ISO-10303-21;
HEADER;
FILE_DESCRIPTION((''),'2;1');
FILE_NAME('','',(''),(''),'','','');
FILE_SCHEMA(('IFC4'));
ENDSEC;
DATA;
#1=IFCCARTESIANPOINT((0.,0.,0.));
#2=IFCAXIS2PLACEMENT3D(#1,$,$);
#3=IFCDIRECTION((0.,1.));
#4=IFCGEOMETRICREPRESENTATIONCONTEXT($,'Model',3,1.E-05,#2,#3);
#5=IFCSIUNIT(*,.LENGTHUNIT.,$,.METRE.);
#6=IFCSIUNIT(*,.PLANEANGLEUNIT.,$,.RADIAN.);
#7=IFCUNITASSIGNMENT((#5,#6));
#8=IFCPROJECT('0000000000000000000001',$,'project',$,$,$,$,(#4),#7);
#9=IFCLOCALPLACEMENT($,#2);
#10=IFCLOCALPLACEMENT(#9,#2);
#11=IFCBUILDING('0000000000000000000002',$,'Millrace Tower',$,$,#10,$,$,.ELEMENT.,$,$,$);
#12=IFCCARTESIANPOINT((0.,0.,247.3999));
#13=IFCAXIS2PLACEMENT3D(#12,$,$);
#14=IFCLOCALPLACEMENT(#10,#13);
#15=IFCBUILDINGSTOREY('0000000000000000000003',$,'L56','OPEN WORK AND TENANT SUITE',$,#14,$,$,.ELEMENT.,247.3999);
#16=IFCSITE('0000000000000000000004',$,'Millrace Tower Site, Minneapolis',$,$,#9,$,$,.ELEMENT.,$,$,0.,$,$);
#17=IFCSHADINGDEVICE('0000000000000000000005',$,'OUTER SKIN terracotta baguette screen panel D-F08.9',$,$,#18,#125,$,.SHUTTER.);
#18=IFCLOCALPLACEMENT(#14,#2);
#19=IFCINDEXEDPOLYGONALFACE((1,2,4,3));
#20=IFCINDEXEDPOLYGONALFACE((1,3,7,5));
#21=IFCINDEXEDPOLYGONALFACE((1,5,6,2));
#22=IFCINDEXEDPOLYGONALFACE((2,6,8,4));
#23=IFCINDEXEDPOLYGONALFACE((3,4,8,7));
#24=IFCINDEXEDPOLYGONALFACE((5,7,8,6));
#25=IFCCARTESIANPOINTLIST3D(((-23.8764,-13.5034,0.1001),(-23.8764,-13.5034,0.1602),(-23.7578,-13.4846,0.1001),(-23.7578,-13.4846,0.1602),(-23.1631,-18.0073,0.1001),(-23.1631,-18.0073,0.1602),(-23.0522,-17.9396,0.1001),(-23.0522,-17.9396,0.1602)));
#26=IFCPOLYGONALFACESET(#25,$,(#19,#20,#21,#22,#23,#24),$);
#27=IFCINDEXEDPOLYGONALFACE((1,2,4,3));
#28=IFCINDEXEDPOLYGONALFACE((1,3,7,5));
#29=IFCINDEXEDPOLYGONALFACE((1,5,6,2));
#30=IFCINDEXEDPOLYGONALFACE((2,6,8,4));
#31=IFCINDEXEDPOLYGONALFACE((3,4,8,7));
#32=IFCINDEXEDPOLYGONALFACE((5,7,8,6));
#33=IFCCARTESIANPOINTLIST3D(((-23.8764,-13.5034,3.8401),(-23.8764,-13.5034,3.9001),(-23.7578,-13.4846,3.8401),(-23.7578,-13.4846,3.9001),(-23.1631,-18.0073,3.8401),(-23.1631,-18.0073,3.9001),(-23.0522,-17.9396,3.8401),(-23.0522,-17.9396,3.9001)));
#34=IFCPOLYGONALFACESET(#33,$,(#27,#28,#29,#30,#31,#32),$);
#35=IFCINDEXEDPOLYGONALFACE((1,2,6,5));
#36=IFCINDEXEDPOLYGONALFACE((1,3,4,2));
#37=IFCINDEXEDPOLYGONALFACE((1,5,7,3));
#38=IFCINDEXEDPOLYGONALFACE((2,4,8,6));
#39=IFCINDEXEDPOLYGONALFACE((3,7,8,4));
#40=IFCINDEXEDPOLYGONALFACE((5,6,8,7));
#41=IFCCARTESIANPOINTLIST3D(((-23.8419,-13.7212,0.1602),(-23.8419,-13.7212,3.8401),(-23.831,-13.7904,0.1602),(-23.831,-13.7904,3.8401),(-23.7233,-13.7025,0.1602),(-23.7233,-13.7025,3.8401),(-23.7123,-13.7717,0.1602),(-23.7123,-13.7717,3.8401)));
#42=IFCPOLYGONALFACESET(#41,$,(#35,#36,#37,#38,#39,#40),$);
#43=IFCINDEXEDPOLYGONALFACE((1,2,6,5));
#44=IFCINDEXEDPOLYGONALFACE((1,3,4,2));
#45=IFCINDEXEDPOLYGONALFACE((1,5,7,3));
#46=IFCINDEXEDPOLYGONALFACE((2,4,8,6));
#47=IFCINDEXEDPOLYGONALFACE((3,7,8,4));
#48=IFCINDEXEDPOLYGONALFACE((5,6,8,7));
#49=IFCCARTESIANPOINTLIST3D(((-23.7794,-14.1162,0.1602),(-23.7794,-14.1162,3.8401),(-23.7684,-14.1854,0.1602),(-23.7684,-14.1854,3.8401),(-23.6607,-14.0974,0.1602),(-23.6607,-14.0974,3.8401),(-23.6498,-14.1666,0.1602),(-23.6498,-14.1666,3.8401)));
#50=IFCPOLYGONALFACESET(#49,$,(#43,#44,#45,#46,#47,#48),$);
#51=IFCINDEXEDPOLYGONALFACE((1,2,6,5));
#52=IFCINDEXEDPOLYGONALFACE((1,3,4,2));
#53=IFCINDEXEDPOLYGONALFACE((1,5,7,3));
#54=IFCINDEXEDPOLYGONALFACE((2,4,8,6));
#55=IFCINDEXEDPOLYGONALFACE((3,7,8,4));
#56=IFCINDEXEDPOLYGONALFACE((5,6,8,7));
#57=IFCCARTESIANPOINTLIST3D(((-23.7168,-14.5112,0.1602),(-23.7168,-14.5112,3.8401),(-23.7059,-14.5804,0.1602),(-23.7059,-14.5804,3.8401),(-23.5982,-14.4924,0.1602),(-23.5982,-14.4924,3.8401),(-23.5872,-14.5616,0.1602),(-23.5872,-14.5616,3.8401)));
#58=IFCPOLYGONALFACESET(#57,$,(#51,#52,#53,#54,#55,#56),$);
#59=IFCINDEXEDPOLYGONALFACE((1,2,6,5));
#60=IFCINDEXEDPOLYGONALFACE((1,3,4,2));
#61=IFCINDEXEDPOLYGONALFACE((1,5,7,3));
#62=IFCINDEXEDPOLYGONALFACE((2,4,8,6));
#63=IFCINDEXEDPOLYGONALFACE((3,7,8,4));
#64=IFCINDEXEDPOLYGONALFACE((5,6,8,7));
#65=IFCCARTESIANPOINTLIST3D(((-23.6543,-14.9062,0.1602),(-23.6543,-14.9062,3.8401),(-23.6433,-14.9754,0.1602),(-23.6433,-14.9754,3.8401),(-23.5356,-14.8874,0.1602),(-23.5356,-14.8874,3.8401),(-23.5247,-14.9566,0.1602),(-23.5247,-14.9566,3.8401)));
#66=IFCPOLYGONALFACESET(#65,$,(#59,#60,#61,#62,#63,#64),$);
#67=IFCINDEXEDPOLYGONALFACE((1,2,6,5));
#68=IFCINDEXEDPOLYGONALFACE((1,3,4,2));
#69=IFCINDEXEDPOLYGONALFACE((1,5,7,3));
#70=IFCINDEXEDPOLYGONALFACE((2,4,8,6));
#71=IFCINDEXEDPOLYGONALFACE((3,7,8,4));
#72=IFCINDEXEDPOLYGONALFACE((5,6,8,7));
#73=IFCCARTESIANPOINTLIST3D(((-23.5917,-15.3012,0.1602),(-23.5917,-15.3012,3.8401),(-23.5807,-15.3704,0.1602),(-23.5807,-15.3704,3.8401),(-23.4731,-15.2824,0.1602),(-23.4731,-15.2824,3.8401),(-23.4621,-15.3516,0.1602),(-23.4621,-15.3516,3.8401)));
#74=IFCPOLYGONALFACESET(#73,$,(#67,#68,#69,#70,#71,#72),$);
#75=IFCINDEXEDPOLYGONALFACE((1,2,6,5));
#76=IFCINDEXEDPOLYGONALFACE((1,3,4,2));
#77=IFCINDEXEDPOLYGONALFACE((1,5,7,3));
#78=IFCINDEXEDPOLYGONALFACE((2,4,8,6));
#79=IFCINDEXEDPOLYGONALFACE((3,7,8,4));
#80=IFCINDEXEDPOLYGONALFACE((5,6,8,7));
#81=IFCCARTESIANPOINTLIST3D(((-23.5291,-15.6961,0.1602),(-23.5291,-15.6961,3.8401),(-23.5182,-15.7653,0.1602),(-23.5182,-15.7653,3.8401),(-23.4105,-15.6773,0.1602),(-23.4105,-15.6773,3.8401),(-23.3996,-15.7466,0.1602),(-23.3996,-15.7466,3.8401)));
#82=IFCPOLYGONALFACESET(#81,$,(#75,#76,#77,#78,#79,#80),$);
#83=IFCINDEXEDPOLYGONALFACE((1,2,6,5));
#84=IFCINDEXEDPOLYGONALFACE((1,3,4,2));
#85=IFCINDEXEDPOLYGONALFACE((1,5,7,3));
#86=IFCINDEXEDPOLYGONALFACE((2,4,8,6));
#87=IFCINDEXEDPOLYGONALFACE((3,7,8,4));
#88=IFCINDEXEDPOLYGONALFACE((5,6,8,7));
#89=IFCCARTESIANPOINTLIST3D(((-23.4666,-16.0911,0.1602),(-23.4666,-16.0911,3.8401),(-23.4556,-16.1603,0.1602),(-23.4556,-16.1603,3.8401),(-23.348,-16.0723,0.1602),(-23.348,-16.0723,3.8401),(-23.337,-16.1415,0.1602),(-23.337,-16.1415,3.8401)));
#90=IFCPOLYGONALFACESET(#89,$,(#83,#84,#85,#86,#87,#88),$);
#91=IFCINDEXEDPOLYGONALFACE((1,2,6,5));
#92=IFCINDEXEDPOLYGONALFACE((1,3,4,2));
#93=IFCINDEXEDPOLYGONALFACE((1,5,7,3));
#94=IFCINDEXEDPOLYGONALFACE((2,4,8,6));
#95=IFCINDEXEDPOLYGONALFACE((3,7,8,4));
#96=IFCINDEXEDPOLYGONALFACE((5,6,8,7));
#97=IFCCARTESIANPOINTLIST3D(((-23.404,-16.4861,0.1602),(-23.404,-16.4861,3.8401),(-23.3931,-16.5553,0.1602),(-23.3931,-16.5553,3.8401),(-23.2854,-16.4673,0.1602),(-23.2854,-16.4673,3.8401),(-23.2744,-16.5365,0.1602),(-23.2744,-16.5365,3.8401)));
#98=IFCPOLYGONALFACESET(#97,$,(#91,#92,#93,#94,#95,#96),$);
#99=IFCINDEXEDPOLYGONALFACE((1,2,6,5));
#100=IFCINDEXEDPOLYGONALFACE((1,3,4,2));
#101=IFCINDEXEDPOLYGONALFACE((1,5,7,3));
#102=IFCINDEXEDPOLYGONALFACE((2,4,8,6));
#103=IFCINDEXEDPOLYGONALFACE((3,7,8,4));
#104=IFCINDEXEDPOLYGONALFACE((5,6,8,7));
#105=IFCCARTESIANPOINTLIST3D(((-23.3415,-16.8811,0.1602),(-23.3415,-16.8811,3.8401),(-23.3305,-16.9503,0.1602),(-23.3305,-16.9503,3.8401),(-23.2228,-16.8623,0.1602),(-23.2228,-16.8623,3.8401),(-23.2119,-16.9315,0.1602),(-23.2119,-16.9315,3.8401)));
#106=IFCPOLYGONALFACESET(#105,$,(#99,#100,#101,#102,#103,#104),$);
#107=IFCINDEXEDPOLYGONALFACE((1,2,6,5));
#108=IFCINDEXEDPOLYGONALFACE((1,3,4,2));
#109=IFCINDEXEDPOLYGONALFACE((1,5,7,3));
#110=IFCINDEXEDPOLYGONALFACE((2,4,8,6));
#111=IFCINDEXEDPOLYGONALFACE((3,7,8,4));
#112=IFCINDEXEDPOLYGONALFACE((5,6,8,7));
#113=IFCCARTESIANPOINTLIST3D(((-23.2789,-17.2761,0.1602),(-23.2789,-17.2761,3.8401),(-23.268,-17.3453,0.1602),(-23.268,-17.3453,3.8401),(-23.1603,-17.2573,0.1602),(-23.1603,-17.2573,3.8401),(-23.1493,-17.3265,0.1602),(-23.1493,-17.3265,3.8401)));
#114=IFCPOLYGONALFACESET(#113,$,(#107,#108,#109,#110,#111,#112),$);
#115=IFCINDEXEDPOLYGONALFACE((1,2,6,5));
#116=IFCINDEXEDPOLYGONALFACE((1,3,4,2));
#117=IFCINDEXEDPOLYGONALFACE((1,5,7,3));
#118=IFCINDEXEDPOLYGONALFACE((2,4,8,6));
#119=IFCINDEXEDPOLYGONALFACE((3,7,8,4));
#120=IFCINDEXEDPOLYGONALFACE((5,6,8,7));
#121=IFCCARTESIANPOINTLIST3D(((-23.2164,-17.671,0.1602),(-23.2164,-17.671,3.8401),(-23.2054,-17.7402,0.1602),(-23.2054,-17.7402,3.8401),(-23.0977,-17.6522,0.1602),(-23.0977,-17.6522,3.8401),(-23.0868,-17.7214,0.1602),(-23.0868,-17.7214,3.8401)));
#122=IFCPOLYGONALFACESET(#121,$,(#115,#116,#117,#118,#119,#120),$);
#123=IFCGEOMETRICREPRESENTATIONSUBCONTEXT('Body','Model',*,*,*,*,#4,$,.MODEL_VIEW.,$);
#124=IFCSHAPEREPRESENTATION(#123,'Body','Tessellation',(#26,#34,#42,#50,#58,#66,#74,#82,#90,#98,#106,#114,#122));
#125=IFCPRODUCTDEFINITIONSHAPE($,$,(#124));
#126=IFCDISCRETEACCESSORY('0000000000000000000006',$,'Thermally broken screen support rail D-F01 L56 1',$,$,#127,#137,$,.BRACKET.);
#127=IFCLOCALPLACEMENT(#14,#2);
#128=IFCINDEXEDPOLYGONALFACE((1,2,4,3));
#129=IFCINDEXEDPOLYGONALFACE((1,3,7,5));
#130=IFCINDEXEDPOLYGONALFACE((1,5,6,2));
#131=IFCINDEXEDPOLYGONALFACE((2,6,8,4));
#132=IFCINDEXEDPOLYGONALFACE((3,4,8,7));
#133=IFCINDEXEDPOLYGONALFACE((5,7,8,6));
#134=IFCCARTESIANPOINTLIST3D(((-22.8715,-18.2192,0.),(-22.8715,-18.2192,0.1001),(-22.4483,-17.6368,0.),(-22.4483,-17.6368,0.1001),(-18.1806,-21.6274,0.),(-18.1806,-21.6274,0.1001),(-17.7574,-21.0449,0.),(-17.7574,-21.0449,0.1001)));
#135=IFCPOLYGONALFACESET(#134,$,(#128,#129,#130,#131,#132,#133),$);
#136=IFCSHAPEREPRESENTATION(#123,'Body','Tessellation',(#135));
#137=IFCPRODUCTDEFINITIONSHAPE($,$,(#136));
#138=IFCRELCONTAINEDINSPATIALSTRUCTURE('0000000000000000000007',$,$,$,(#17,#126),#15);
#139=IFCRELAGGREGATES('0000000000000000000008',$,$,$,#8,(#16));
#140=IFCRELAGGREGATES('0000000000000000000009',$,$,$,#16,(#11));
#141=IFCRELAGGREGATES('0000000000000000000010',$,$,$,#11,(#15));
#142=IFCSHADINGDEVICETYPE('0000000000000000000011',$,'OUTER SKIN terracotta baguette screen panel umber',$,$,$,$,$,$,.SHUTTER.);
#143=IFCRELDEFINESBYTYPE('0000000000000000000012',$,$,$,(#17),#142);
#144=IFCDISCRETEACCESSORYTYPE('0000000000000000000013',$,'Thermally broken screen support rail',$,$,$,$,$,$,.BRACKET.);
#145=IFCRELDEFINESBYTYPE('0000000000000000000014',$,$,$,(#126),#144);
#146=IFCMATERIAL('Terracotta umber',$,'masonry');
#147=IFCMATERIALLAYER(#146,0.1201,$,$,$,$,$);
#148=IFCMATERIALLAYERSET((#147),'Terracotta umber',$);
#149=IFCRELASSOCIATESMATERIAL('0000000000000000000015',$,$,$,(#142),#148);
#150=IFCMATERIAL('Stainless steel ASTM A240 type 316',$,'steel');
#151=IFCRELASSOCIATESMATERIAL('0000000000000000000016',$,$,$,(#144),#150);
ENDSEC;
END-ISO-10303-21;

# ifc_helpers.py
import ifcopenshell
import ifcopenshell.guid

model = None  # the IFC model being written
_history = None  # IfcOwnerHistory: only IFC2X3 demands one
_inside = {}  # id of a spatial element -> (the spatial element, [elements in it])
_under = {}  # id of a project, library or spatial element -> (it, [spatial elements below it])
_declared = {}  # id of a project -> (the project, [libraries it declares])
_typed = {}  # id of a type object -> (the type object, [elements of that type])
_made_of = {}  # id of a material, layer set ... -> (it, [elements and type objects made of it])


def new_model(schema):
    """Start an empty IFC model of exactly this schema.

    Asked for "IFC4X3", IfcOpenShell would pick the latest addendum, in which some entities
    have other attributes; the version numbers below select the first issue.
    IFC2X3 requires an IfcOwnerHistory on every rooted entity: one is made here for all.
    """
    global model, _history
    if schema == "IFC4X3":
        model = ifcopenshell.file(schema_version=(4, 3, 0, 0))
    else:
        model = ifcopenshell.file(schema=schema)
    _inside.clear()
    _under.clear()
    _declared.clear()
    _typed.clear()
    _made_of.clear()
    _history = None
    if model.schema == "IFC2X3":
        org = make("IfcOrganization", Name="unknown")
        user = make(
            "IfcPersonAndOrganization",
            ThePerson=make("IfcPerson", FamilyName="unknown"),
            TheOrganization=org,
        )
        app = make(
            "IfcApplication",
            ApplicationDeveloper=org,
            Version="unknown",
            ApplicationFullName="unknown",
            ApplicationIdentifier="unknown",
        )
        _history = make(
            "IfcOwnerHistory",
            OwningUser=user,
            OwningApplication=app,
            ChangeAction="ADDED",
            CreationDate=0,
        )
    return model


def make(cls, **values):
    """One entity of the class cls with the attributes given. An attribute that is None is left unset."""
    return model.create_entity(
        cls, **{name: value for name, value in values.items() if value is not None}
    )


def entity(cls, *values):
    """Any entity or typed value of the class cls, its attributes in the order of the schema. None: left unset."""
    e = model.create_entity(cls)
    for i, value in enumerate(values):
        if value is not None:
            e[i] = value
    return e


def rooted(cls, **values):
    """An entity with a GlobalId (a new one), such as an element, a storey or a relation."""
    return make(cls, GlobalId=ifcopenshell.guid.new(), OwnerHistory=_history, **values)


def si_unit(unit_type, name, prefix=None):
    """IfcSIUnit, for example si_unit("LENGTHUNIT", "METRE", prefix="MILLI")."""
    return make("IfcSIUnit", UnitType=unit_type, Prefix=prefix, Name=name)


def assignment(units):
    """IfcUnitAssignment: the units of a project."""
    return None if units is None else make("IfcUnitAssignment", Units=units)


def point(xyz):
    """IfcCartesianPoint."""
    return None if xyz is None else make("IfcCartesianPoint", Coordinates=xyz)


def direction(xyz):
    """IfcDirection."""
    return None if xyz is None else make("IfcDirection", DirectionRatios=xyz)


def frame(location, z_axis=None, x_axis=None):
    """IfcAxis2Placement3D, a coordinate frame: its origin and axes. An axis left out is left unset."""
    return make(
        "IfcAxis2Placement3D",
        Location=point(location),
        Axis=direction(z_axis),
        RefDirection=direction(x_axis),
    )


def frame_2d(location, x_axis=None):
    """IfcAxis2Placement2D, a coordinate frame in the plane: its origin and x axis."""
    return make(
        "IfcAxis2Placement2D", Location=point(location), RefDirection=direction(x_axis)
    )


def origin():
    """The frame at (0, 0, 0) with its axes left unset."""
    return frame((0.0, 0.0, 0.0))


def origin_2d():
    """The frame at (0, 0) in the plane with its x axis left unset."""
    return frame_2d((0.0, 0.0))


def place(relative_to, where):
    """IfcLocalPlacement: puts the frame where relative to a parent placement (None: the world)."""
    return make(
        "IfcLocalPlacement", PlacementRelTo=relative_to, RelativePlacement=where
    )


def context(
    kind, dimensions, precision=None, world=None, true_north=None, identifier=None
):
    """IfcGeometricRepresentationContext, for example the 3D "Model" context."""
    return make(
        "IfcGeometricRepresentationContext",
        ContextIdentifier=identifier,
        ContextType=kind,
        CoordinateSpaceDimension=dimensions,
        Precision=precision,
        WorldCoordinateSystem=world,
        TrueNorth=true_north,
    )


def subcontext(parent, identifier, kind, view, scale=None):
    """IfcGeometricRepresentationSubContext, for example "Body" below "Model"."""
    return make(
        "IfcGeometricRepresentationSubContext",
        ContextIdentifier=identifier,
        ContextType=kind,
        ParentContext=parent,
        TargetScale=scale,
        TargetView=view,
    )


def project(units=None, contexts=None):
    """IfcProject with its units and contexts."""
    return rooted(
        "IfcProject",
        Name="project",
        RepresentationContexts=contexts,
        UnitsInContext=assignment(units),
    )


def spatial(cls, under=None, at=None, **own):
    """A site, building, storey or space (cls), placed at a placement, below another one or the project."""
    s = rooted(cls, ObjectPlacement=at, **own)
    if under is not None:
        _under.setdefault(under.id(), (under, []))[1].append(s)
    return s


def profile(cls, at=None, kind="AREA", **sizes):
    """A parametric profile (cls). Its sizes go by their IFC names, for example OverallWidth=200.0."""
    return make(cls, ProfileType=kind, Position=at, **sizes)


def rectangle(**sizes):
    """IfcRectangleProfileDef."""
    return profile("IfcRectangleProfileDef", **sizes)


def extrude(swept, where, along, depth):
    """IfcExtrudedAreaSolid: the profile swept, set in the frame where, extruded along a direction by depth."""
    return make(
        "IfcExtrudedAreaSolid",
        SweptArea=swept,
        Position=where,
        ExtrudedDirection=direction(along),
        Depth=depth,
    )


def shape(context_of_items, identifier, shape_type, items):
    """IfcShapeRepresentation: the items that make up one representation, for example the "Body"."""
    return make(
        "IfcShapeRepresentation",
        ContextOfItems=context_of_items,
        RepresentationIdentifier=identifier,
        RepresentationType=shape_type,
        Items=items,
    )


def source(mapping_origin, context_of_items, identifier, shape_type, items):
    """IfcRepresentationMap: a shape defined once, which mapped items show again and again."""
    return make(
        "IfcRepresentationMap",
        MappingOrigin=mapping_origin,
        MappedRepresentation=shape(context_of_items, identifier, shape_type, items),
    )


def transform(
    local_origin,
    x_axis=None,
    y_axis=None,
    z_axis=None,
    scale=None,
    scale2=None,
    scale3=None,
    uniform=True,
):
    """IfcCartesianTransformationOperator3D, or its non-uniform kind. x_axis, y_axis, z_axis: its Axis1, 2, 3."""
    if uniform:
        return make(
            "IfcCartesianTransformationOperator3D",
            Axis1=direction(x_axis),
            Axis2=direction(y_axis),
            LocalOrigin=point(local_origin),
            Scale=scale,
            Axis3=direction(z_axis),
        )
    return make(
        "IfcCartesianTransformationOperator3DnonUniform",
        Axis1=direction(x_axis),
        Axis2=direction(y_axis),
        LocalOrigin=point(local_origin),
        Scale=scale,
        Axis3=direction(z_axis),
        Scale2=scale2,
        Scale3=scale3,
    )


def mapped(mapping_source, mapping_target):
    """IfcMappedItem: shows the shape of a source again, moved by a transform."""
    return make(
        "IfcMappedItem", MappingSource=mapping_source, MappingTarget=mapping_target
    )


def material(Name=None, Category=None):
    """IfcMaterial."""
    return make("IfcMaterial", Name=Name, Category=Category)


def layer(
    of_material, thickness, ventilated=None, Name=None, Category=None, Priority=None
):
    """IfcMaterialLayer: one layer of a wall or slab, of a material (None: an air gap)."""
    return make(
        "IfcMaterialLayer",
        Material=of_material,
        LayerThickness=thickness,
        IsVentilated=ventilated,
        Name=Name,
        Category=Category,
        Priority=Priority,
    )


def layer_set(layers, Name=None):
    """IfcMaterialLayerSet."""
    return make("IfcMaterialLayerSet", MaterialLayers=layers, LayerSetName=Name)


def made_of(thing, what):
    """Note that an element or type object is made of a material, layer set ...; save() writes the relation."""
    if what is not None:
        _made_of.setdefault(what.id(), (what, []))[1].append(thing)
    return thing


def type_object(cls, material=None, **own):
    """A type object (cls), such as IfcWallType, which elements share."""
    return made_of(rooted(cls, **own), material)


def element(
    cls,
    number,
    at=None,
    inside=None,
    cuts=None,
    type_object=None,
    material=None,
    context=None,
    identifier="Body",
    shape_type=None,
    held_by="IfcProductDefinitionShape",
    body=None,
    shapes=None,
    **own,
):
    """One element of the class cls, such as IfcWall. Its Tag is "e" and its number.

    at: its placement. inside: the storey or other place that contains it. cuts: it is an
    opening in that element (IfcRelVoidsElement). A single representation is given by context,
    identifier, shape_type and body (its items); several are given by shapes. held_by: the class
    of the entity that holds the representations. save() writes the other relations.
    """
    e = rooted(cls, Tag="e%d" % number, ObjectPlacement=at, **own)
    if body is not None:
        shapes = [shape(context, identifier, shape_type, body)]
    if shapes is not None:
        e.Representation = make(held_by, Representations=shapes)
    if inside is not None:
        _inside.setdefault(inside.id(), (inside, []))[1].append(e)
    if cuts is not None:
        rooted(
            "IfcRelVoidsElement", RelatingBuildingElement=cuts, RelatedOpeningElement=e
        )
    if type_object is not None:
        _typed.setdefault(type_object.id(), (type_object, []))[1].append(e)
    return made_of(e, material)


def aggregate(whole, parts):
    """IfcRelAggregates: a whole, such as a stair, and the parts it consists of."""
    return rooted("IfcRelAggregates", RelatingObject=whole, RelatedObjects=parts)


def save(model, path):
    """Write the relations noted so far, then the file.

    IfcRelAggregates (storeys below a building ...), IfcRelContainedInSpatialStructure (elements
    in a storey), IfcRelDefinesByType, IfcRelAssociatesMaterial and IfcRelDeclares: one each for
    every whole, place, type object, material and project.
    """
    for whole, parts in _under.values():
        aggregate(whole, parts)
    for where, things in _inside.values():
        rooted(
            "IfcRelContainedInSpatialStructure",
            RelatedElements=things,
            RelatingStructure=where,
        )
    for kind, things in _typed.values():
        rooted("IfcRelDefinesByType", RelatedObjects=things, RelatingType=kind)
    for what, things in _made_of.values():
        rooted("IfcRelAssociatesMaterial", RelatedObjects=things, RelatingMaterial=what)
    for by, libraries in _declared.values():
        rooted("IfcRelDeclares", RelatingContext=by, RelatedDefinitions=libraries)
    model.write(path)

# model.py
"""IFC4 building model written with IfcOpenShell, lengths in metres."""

from ifc_helpers import new_model, entity, si_unit, direction, frame, frame_2d, origin, origin_2d, place, context, subcontext, project, spatial, rectangle, extrude, source, transform, mapped, material, layer, layer_set, type_object, element, save


model = new_model("IFC4")

# Units and contexts
model_context = context("Model", 3, precision=1e-05, world=origin(), true_north=direction((0.0, 1.0)))
body_context = subcontext(model_context, "Body", "Model", "MODEL_VIEW")
ifc_project = project(units=[si_unit("LENGTHUNIT", "METRE"), si_unit("PLANEANGLEUNIT", "RADIAN")], contexts=[model_context])

# Site, building, storey
site_placement = place(None, origin())
site = spatial("IfcSite", under=ifc_project, at=site_placement, Name="Millrace Tower Site, Minneapolis", CompositionType="ELEMENT", RefElevation=0.0)
building_placement = place(site_placement, origin())
building = spatial("IfcBuilding", under=site, at=building_placement, Name="Millrace Tower", CompositionType="ELEMENT")
storey_placement = place(building_placement, frame((0.0, 0.0, 247.3999)))
storey = spatial("IfcBuildingStorey", under=building, at=storey_placement, Name="L56", Description="OPEN WORK AND TENANT SUITE", CompositionType="ELEMENT", Elevation=247.3999)

# Shading device
ifc_material_1 = material(Name="Terracotta umber", Category="masonry")
ifc_layer_1 = layer(ifc_material_1, 0.1201)
ifc_layer_set_1 = layer_set([ifc_layer_1], Name="Terracotta umber")
shading_device_type = type_object("IfcShadingDeviceType", Name="OUTER SKIN terracotta baguette screen panel umber", PredefinedType="SHUTTER", material=ifc_layer_set_1)
cartesian_point_1 = entity("IfcCartesianPoint", [-2.2676, 0.0601])
shared_polyline_1 = entity("IfcPolyline", [cartesian_point_1, entity("IfcCartesianPoint", [2.2429, 0.0601]), entity("IfcCartesianPoint", [2.2925, -0.0601]), entity("IfcCartesianPoint", [-2.2676, -0.0601]), cartesian_point_1])
shared_shape_1 = source(origin(), body_context, "Body", "SweptSolid", [
    entity("IfcExtrudedAreaSolid", entity("IfcArbitraryClosedProfileDef", "AREA", None, shared_polyline_1), entity("IfcAxis2Placement3D", entity("IfcCartesianPoint", [0.0, 0.0, 0.0])), entity("IfcDirection", [0.0, 0.0, 1.0]), 0.0601),
    entity("IfcExtrudedAreaSolid", entity("IfcArbitraryClosedProfileDef", "AREA", None, shared_polyline_1), entity("IfcAxis2Placement3D", entity("IfcCartesianPoint", [0.0, 0.0, 3.74])), entity("IfcDirection", [0.0, 0.0, 1.0]), 0.0601),
    extrude(rectangle(XDim=0.0701, YDim=0.1201, at=frame_2d((-2.012, 0.0))), frame((0.0, 0.0, 0.0601)), (0.0, 0.0, 1.0), 3.6799),
    extrude(rectangle(XDim=0.0701, YDim=0.1201, at=frame_2d((-1.6121, 0.0))), frame((0.0, 0.0, 0.0601)), (0.0, 0.0, 1.0), 3.6799),
    extrude(rectangle(XDim=0.0701, YDim=0.1201, at=frame_2d((-1.2122, 0.0))), frame((0.0, 0.0, 0.0601)), (0.0, 0.0, 1.0), 3.6799),
    extrude(rectangle(XDim=0.0701, YDim=0.1201, at=frame_2d((-0.8123, 0.0))), frame((0.0, 0.0, 0.0601)), (0.0, 0.0, 1.0), 3.6799),
    extrude(rectangle(XDim=0.0701, YDim=0.1201, at=frame_2d((-0.4124, 0.0))), frame((0.0, 0.0, 0.0601)), (0.0, 0.0, 1.0), 3.6799),
    extrude(rectangle(XDim=0.0701, YDim=0.1201, at=frame_2d((-0.0125, 0.0))), frame((0.0, 0.0, 0.0601)), (0.0, 0.0, 1.0), 3.6799),
    extrude(rectangle(XDim=0.0701, YDim=0.1201, at=frame_2d((0.3875, 0.0))), frame((0.0, 0.0, 0.0601)), (0.0, 0.0, 1.0), 3.6799),
    extrude(rectangle(XDim=0.0701, YDim=0.1201, at=frame_2d((0.7874, 0.0))), frame((0.0, 0.0, 0.0601)), (0.0, 0.0, 1.0), 3.6799),
    extrude(rectangle(XDim=0.0701, YDim=0.1201, at=frame_2d((1.1873, 0.0))), frame((0.0, 0.0, 0.0601)), (0.0, 0.0, 1.0), 3.6799),
    extrude(rectangle(XDim=0.0701, YDim=0.1201, at=frame_2d((1.5872, 0.0))), frame((0.0, 0.0, 0.0601)), (0.0, 0.0, 1.0), 3.6799),
    extrude(rectangle(XDim=0.0701, YDim=0.1201, at=frame_2d((1.9871, 0.0))), frame((0.0, 0.0, 0.0601)), (0.0, 0.0, 1.0), 3.6799),
])
shading_device_1_placement = place(storey_placement, frame((-23.4624, -15.7336, 0.1001), z_axis=(0.0, 0.0, 1.0), x_axis=(0.156434, -0.987688, 0.0)))
element("IfcShadingDevice", 1, at=shading_device_1_placement, inside=storey, type_object=shading_device_type, Name="OUTER SKIN terracotta baguette screen panel D-F08.9", PredefinedType="SHUTTER", context=body_context, shape_type="MappedRepresentation", body=[
    mapped(shared_shape_1, transform((0.0, 0.0, 0.0), scale=1.0)),
])

# Discrete accessory
ifc_material_2 = material(Name="Stainless steel ASTM A240 type 316", Category="steel")
discrete_accessory_type = type_object("IfcDiscreteAccessoryType", Name="Thermally broken screen support rail", PredefinedType="BRACKET", material=ifc_material_2)
discrete_accessory_placement = place(storey_placement, frame((-20.3145, -19.6321, 0.0), z_axis=(0.0, 0.0, 1.0), x_axis=(0.809017, -0.587785, 0.0)))
element("IfcDiscreteAccessory", 2, at=discrete_accessory_placement, inside=storey, type_object=discrete_accessory_type, Name="Thermally broken screen support rail D-F01 L56 1", PredefinedType="BRACKET", context=body_context, shape_type="SweptSolid", body=[
    extrude(rectangle(XDim=5.7983, YDim=0.72, at=origin_2d()), origin(), (0.0, 0.0, 1.0), 0.1001),
])

save(model, "model.ifc")
